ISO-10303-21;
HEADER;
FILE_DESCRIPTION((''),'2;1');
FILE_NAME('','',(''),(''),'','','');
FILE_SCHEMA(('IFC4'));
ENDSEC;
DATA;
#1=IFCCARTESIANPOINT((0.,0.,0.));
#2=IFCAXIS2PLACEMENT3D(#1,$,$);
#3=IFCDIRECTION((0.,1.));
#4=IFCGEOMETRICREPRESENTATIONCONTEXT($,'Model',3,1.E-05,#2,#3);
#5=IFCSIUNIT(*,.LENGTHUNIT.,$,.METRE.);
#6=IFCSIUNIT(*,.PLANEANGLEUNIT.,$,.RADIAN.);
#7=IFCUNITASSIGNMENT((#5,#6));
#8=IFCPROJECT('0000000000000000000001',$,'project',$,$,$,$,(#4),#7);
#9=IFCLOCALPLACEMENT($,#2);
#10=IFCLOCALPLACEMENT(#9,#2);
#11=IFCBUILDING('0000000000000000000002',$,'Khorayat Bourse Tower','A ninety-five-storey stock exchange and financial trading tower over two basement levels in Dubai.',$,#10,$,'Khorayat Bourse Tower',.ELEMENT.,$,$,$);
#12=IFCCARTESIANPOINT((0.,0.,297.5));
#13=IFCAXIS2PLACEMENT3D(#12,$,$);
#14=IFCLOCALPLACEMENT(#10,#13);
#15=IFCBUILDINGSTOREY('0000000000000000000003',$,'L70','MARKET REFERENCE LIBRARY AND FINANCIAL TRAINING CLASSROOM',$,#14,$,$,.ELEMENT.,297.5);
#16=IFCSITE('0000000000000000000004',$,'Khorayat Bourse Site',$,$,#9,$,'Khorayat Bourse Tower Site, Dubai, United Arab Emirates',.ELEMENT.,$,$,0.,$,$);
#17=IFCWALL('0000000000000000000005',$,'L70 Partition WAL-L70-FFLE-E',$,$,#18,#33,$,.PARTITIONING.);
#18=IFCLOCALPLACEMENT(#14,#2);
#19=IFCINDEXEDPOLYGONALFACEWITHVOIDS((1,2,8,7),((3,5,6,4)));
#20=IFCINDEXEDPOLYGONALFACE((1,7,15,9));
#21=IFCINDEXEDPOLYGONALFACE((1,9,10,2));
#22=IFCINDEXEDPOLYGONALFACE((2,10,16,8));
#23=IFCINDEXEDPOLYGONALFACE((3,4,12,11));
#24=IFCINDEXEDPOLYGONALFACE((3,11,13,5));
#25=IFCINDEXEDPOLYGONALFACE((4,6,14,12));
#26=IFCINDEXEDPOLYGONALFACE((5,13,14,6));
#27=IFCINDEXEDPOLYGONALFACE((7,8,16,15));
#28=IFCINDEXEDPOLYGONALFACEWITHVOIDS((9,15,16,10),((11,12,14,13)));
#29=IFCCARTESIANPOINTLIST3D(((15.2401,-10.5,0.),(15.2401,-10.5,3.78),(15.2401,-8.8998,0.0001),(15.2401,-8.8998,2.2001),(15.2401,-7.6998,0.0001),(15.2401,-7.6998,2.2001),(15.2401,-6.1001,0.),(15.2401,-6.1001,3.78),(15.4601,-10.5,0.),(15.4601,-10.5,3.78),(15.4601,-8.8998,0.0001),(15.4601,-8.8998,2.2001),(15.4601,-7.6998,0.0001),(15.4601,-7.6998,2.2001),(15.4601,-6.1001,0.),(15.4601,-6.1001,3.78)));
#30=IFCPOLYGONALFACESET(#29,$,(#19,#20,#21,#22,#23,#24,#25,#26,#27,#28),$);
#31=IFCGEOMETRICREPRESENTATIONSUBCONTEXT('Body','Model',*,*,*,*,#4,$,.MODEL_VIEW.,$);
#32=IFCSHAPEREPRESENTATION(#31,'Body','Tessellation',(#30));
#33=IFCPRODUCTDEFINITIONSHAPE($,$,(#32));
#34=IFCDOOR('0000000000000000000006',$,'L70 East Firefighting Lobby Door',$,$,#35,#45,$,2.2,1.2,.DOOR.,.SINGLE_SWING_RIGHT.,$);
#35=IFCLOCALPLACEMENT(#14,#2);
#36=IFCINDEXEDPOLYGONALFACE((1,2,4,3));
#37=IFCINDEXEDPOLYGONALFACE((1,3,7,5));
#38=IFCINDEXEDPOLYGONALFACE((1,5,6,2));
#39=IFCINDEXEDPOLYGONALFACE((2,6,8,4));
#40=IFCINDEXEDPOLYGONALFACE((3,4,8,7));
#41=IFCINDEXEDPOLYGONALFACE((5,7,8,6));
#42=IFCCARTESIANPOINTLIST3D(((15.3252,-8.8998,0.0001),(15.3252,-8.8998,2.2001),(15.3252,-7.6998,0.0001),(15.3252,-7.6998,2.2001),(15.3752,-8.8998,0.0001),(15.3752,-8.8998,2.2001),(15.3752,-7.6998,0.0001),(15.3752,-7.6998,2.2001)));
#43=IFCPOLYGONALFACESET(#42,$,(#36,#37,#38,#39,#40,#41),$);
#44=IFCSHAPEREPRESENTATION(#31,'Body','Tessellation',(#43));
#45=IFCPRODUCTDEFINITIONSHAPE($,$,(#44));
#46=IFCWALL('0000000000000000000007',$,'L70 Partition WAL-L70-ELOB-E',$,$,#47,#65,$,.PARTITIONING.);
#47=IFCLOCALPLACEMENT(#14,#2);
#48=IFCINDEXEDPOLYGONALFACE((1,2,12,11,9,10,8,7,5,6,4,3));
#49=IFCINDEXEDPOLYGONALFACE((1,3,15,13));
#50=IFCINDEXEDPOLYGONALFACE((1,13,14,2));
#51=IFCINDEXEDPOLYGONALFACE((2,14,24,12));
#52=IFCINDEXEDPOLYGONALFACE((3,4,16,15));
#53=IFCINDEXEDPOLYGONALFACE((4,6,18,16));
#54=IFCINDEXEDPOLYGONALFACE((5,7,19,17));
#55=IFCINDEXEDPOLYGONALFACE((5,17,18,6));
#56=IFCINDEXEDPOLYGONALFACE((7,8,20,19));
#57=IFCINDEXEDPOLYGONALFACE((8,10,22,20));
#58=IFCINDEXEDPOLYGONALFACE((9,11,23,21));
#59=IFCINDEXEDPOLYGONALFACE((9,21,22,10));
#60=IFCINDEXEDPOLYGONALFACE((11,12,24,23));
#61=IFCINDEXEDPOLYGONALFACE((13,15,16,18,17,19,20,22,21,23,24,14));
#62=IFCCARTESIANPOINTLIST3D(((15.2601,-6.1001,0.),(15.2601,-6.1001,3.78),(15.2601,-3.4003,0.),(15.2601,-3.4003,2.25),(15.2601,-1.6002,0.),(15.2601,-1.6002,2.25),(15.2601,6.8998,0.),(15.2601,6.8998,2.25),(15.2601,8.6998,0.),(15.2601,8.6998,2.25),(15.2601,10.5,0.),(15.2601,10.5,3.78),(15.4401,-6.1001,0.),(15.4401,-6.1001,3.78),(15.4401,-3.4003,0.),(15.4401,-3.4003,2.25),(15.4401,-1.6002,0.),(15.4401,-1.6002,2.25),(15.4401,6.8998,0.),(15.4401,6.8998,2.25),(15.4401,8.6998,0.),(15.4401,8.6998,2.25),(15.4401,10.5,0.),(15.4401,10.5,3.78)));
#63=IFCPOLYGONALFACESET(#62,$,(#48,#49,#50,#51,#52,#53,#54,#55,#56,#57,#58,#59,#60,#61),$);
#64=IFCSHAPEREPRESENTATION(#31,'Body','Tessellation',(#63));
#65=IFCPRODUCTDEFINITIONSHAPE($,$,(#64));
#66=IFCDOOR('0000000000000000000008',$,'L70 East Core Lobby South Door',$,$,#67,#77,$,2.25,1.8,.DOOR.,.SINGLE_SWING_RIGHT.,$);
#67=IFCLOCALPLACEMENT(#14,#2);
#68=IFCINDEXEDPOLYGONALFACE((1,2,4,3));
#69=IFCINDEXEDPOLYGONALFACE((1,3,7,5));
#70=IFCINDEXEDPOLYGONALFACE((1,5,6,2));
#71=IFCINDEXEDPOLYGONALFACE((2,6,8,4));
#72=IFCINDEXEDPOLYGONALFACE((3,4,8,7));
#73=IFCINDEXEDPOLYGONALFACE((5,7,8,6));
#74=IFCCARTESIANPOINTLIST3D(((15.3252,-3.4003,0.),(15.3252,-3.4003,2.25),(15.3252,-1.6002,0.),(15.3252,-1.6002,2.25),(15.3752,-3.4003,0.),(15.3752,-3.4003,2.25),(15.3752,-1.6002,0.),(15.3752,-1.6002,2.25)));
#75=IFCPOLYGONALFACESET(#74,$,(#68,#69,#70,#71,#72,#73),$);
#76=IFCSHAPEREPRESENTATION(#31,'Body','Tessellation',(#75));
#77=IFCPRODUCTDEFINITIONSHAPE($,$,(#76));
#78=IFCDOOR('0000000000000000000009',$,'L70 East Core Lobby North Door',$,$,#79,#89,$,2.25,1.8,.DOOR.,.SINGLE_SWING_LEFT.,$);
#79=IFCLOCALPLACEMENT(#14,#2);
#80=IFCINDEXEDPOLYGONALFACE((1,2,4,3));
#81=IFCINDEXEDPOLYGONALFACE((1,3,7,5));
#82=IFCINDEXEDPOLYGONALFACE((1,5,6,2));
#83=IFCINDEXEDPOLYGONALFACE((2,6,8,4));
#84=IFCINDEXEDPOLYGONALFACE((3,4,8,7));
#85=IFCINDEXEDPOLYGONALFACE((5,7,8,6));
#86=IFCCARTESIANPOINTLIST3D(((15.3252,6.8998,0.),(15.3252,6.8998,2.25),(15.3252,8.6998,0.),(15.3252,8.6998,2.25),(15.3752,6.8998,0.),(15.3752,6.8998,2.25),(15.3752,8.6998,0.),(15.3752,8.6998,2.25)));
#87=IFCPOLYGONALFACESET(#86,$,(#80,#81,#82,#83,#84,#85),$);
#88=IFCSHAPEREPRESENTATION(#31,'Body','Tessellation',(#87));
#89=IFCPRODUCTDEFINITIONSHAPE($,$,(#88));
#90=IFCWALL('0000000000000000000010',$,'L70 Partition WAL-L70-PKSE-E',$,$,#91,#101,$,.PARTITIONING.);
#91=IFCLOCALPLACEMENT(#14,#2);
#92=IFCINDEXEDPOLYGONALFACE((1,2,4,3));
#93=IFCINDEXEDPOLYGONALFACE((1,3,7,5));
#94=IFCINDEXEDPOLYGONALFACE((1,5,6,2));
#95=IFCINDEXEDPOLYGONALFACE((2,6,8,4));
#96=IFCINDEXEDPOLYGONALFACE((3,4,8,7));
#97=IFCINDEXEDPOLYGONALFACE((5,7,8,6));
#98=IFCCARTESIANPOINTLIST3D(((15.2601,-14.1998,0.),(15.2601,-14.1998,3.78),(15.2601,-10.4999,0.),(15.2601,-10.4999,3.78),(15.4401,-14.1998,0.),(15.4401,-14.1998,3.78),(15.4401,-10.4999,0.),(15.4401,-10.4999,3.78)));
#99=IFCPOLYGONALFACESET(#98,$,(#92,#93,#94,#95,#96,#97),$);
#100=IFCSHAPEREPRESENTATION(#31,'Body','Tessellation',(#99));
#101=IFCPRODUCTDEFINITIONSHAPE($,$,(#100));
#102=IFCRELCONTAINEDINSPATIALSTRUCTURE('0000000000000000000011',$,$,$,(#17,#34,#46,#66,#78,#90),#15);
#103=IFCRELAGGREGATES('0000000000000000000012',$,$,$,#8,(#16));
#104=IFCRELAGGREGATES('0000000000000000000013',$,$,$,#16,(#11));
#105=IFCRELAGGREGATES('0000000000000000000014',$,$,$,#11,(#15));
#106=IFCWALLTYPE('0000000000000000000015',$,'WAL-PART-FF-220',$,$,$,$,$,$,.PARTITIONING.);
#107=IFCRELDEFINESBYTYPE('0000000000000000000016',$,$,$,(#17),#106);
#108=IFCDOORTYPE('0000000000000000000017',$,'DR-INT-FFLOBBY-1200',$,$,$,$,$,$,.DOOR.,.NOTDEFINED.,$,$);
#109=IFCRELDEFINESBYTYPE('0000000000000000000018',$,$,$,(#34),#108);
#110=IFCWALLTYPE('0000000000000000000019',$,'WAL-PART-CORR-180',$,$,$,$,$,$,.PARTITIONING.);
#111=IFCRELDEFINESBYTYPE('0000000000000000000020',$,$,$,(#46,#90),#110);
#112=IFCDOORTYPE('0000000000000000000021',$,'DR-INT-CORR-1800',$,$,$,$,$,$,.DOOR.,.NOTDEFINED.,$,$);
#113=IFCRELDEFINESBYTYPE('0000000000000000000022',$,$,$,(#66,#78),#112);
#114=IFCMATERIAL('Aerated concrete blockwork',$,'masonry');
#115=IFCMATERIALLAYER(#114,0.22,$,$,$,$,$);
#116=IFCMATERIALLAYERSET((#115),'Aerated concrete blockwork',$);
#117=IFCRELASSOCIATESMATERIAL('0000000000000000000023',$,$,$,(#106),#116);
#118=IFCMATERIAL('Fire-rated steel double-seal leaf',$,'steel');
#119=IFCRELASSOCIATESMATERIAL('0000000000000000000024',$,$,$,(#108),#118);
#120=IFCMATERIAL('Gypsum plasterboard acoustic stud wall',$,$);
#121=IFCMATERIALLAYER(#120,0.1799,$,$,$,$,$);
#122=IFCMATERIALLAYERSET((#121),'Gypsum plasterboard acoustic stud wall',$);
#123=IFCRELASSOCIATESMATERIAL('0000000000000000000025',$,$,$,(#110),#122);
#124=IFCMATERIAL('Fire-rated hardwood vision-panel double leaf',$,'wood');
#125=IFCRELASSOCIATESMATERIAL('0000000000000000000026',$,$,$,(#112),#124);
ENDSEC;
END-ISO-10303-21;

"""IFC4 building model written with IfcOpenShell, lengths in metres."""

from ifc_helpers import new_model, si_unit, direction, frame, frame_2d, origin, place, context, subcontext, project, spatial, rectangle, extrude, source, transform, mapped, material, layer, layer_set, type_object, element, fill, save


model = new_model("IFC4")

# Units and contexts
model_context = context("Model", 3, precision=1e-05, world=origin(), true_north=direction((0.0, 1.0)))
body_context = subcontext(model_context, "Body", "Model", "MODEL_VIEW")
ifc_project = project(units=[si_unit("LENGTHUNIT", "METRE"), si_unit("PLANEANGLEUNIT", "RADIAN")], contexts=[model_context])

# Site, building, storey
site_placement = place(None, origin())
site = spatial("IfcSite", under=ifc_project, at=site_placement, Name="Khorayat Bourse Site", LongName="Khorayat Bourse Tower Site, Dubai, United Arab Emirates", CompositionType="ELEMENT", RefElevation=0.0)
building_placement = place(site_placement, origin())
building = spatial("IfcBuilding", under=site, at=building_placement, Name="Khorayat Bourse Tower", Description="A ninety-five-storey stock exchange and financial trading tower over two basement levels in Dubai.", LongName="Khorayat Bourse Tower", CompositionType="ELEMENT")
storey_placement = place(building_placement, frame((0.0, 0.0, 297.5)))
storey = spatial("IfcBuildingStorey", under=building, at=storey_placement, Name="L70", Description="MARKET REFERENCE LIBRARY AND FINANCIAL TRAINING CLASSROOM", CompositionType="ELEMENT", Elevation=297.5)

# Shared definitions
ifc_material_1 = material(Name="Aerated concrete blockwork", Category="masonry")
ifc_layer_1 = layer(ifc_material_1, 0.22)
ifc_layer_set_1 = layer_set([ifc_layer_1], Name="Aerated concrete blockwork")
wall_type_1 = type_object("IfcWallType", Name="WAL-PART-FF-220", PredefinedType="PARTITIONING", material=ifc_layer_set_1)

# Wall, opening, door
shared_shape_1 = source(origin(), body_context, "Body", "SweptSolid", [
    extrude(rectangle(XDim=4.3999, YDim=0.22, at=frame_2d((2.2, 0.0))), origin(), (0.0, 0.0, 1.0), 3.78),
])
wall_1_placement = place(storey_placement, frame((15.3501, -10.5, 0.0), z_axis=(0.0, 0.0, 1.0), x_axis=(0.0, 1.0, 0.0)))
wall_1 = element("IfcWall", 1, at=wall_1_placement, inside=storey, type_object=wall_type_1, Name="L70 Partition WAL-L70-FFLE-E", PredefinedType="PARTITIONING", context=body_context, shape_type="MappedRepresentation", body=[
    mapped(shared_shape_1, transform((0.0, 0.0, 0.0), scale=1.0)),
])
shared_shape_2 = source(origin(), body_context, "Body", "SweptSolid", [
    extrude(rectangle(XDim=1.2, YDim=2.2, at=frame_2d((0.6001, 1.1001))), frame((0.0, 0.1199, 0.0), z_axis=(0.0, -1.0, 0.0), x_axis=(1.0, 0.0, 0.0)), (0.0, 0.0, 1.0), 0.24),
])
opening_1_placement = place(wall_1_placement, frame((1.6001, 0.0, 0.0)))
opening_1 = element("IfcOpeningElement", 2, at=opening_1_placement, cuts=wall_1, PredefinedType="OPENING", context=body_context, shape_type="MappedRepresentation", body=[
    mapped(shared_shape_2, transform((0.0, 0.0, 0.0), scale=1.0)),
])
ifc_material_2 = material(Name="Fire-rated steel double-seal leaf", Category="steel")
door_type_1 = type_object("IfcDoorType", Name="DR-INT-FFLOBBY-1200", OperationType="NOTDEFINED", PredefinedType="DOOR", material=ifc_material_2)
shared_shape_3 = source(origin(), body_context, "Body", "SweptSolid", [
    extrude(rectangle(XDim=1.2, YDim=2.2, at=frame_2d((0.6001, 1.1001))), frame((0.0, 0.0249, 0.0), z_axis=(0.0, -1.0, 0.0), x_axis=(1.0, 0.0, 0.0)), (0.0, 0.0, 1.0), 0.05),
])
door_1_placement = place(opening_1_placement, origin())
door_1 = element("IfcDoor", 3, at=door_1_placement, inside=storey, type_object=door_type_1, Name="L70 East Firefighting Lobby Door", OperationType="SINGLE_SWING_RIGHT", OverallHeight=2.2, OverallWidth=1.2, PredefinedType="DOOR", context=body_context, shape_type="MappedRepresentation", body=[
    mapped(shared_shape_3, transform((0.0, 0.0, 0.0), scale=1.0)),
])
fill(opening_1, door_1)

# Wall, openings, doors
ifc_material_3 = material(Name="Gypsum plasterboard acoustic stud wall")
ifc_layer_2 = layer(ifc_material_3, 0.1799)
ifc_layer_set_2 = layer_set([ifc_layer_2], Name="Gypsum plasterboard acoustic stud wall")
wall_type_2 = type_object("IfcWallType", Name="WAL-PART-CORR-180", PredefinedType="PARTITIONING", material=ifc_layer_set_2)
shared_shape_4 = source(origin(), body_context, "Body", "SweptSolid", [
    extrude(rectangle(XDim=16.6001, YDim=0.1799, at=frame_2d((8.3, 0.0))), origin(), (0.0, 0.0, 1.0), 3.78),
])
wall_2_placement = place(storey_placement, frame((15.3501, -6.1001, 0.0), z_axis=(0.0, 0.0, 1.0), x_axis=(0.0, 1.0, 0.0)))
wall_2 = element("IfcWall", 4, at=wall_2_placement, inside=storey, type_object=wall_type_2, Name="L70 Partition WAL-L70-ELOB-E", PredefinedType="PARTITIONING", context=body_context, shape_type="MappedRepresentation", body=[
    mapped(shared_shape_4, transform((0.0, 0.0, 0.0), scale=1.0)),
])
shared_shape_5 = source(origin(), body_context, "Body", "SweptSolid", [
    extrude(rectangle(XDim=1.8, YDim=2.25, at=frame_2d((0.8999, 1.125))), frame((0.0, 0.0999, 0.0), z_axis=(0.0, -1.0, 0.0), x_axis=(1.0, 0.0, 0.0)), (0.0, 0.0, 1.0), 0.2),
])
opening_2_placement = place(wall_2_placement, frame((2.7, 0.0, 0.0)))
opening_2 = element("IfcOpeningElement", 5, at=opening_2_placement, cuts=wall_2, PredefinedType="OPENING", context=body_context, shape_type="MappedRepresentation", body=[
    mapped(shared_shape_5, transform((0.0, 0.0, 0.0), scale=1.0)),
])
opening_3_placement = place(wall_2_placement, frame((13.0, 0.0, 0.0)))
opening_3 = element("IfcOpeningElement", 6, at=opening_3_placement, cuts=wall_2, PredefinedType="OPENING", context=body_context, shape_type="MappedRepresentation", body=[
    mapped(shared_shape_5, transform((0.0, 0.0, 0.0), scale=1.0)),
])
ifc_material_4 = material(Name="Fire-rated hardwood vision-panel double leaf", Category="wood")
door_type_2 = type_object("IfcDoorType", Name="DR-INT-CORR-1800", OperationType="NOTDEFINED", PredefinedType="DOOR", material=ifc_material_4)
shared_shape_6 = source(origin(), body_context, "Body", "SweptSolid", [
    extrude(rectangle(XDim=1.8, YDim=2.25, at=frame_2d((0.8999, 1.125))), frame((0.0, 0.0249, 0.0), z_axis=(0.0, -1.0, 0.0), x_axis=(1.0, 0.0, 0.0)), (0.0, 0.0, 1.0), 0.05),
])
door_2_placement = place(opening_2_placement, origin())
door_2 = element("IfcDoor", 7, at=door_2_placement, inside=storey, type_object=door_type_2, Name="L70 East Core Lobby South Door", OperationType="SINGLE_SWING_RIGHT", OverallHeight=2.25, OverallWidth=1.8, PredefinedType="DOOR", context=body_context, shape_type="MappedRepresentation", body=[
    mapped(shared_shape_6, transform((0.0, 0.0, 0.0), scale=1.0)),
])
fill(opening_2, door_2)
door_3_placement = place(opening_3_placement, origin())
door_3 = element("IfcDoor", 8, at=door_3_placement, inside=storey, type_object=door_type_2, Name="L70 East Core Lobby North Door", OperationType="SINGLE_SWING_LEFT", OverallHeight=2.25, OverallWidth=1.8, PredefinedType="DOOR", context=body_context, shape_type="MappedRepresentation", body=[
    mapped(shared_shape_6, transform((0.0, 0.0, 0.0), scale=1.0)),
])
fill(opening_3, door_3)

# Wall
shared_shape_7 = source(origin(), body_context, "Body", "SweptSolid", [
    extrude(rectangle(XDim=3.7, YDim=0.1799, at=frame_2d((1.8501, 0.0))), origin(), (0.0, 0.0, 1.0), 3.78),
])
wall_3_placement = place(storey_placement, frame((15.3501, -14.2, 0.0), z_axis=(0.0, 0.0, 1.0), x_axis=(0.0, 1.0, 0.0)))
element("IfcWall", 9, at=wall_3_placement, inside=storey, type_object=wall_type_2, Name="L70 Partition WAL-L70-PKSE-E", PredefinedType="PARTITIONING", context=body_context, shape_type="MappedRepresentation", body=[
    mapped(shared_shape_7, transform((0.0, 0.0, 0.0), scale=1.0)),
])

save(model, "model.ifc")
